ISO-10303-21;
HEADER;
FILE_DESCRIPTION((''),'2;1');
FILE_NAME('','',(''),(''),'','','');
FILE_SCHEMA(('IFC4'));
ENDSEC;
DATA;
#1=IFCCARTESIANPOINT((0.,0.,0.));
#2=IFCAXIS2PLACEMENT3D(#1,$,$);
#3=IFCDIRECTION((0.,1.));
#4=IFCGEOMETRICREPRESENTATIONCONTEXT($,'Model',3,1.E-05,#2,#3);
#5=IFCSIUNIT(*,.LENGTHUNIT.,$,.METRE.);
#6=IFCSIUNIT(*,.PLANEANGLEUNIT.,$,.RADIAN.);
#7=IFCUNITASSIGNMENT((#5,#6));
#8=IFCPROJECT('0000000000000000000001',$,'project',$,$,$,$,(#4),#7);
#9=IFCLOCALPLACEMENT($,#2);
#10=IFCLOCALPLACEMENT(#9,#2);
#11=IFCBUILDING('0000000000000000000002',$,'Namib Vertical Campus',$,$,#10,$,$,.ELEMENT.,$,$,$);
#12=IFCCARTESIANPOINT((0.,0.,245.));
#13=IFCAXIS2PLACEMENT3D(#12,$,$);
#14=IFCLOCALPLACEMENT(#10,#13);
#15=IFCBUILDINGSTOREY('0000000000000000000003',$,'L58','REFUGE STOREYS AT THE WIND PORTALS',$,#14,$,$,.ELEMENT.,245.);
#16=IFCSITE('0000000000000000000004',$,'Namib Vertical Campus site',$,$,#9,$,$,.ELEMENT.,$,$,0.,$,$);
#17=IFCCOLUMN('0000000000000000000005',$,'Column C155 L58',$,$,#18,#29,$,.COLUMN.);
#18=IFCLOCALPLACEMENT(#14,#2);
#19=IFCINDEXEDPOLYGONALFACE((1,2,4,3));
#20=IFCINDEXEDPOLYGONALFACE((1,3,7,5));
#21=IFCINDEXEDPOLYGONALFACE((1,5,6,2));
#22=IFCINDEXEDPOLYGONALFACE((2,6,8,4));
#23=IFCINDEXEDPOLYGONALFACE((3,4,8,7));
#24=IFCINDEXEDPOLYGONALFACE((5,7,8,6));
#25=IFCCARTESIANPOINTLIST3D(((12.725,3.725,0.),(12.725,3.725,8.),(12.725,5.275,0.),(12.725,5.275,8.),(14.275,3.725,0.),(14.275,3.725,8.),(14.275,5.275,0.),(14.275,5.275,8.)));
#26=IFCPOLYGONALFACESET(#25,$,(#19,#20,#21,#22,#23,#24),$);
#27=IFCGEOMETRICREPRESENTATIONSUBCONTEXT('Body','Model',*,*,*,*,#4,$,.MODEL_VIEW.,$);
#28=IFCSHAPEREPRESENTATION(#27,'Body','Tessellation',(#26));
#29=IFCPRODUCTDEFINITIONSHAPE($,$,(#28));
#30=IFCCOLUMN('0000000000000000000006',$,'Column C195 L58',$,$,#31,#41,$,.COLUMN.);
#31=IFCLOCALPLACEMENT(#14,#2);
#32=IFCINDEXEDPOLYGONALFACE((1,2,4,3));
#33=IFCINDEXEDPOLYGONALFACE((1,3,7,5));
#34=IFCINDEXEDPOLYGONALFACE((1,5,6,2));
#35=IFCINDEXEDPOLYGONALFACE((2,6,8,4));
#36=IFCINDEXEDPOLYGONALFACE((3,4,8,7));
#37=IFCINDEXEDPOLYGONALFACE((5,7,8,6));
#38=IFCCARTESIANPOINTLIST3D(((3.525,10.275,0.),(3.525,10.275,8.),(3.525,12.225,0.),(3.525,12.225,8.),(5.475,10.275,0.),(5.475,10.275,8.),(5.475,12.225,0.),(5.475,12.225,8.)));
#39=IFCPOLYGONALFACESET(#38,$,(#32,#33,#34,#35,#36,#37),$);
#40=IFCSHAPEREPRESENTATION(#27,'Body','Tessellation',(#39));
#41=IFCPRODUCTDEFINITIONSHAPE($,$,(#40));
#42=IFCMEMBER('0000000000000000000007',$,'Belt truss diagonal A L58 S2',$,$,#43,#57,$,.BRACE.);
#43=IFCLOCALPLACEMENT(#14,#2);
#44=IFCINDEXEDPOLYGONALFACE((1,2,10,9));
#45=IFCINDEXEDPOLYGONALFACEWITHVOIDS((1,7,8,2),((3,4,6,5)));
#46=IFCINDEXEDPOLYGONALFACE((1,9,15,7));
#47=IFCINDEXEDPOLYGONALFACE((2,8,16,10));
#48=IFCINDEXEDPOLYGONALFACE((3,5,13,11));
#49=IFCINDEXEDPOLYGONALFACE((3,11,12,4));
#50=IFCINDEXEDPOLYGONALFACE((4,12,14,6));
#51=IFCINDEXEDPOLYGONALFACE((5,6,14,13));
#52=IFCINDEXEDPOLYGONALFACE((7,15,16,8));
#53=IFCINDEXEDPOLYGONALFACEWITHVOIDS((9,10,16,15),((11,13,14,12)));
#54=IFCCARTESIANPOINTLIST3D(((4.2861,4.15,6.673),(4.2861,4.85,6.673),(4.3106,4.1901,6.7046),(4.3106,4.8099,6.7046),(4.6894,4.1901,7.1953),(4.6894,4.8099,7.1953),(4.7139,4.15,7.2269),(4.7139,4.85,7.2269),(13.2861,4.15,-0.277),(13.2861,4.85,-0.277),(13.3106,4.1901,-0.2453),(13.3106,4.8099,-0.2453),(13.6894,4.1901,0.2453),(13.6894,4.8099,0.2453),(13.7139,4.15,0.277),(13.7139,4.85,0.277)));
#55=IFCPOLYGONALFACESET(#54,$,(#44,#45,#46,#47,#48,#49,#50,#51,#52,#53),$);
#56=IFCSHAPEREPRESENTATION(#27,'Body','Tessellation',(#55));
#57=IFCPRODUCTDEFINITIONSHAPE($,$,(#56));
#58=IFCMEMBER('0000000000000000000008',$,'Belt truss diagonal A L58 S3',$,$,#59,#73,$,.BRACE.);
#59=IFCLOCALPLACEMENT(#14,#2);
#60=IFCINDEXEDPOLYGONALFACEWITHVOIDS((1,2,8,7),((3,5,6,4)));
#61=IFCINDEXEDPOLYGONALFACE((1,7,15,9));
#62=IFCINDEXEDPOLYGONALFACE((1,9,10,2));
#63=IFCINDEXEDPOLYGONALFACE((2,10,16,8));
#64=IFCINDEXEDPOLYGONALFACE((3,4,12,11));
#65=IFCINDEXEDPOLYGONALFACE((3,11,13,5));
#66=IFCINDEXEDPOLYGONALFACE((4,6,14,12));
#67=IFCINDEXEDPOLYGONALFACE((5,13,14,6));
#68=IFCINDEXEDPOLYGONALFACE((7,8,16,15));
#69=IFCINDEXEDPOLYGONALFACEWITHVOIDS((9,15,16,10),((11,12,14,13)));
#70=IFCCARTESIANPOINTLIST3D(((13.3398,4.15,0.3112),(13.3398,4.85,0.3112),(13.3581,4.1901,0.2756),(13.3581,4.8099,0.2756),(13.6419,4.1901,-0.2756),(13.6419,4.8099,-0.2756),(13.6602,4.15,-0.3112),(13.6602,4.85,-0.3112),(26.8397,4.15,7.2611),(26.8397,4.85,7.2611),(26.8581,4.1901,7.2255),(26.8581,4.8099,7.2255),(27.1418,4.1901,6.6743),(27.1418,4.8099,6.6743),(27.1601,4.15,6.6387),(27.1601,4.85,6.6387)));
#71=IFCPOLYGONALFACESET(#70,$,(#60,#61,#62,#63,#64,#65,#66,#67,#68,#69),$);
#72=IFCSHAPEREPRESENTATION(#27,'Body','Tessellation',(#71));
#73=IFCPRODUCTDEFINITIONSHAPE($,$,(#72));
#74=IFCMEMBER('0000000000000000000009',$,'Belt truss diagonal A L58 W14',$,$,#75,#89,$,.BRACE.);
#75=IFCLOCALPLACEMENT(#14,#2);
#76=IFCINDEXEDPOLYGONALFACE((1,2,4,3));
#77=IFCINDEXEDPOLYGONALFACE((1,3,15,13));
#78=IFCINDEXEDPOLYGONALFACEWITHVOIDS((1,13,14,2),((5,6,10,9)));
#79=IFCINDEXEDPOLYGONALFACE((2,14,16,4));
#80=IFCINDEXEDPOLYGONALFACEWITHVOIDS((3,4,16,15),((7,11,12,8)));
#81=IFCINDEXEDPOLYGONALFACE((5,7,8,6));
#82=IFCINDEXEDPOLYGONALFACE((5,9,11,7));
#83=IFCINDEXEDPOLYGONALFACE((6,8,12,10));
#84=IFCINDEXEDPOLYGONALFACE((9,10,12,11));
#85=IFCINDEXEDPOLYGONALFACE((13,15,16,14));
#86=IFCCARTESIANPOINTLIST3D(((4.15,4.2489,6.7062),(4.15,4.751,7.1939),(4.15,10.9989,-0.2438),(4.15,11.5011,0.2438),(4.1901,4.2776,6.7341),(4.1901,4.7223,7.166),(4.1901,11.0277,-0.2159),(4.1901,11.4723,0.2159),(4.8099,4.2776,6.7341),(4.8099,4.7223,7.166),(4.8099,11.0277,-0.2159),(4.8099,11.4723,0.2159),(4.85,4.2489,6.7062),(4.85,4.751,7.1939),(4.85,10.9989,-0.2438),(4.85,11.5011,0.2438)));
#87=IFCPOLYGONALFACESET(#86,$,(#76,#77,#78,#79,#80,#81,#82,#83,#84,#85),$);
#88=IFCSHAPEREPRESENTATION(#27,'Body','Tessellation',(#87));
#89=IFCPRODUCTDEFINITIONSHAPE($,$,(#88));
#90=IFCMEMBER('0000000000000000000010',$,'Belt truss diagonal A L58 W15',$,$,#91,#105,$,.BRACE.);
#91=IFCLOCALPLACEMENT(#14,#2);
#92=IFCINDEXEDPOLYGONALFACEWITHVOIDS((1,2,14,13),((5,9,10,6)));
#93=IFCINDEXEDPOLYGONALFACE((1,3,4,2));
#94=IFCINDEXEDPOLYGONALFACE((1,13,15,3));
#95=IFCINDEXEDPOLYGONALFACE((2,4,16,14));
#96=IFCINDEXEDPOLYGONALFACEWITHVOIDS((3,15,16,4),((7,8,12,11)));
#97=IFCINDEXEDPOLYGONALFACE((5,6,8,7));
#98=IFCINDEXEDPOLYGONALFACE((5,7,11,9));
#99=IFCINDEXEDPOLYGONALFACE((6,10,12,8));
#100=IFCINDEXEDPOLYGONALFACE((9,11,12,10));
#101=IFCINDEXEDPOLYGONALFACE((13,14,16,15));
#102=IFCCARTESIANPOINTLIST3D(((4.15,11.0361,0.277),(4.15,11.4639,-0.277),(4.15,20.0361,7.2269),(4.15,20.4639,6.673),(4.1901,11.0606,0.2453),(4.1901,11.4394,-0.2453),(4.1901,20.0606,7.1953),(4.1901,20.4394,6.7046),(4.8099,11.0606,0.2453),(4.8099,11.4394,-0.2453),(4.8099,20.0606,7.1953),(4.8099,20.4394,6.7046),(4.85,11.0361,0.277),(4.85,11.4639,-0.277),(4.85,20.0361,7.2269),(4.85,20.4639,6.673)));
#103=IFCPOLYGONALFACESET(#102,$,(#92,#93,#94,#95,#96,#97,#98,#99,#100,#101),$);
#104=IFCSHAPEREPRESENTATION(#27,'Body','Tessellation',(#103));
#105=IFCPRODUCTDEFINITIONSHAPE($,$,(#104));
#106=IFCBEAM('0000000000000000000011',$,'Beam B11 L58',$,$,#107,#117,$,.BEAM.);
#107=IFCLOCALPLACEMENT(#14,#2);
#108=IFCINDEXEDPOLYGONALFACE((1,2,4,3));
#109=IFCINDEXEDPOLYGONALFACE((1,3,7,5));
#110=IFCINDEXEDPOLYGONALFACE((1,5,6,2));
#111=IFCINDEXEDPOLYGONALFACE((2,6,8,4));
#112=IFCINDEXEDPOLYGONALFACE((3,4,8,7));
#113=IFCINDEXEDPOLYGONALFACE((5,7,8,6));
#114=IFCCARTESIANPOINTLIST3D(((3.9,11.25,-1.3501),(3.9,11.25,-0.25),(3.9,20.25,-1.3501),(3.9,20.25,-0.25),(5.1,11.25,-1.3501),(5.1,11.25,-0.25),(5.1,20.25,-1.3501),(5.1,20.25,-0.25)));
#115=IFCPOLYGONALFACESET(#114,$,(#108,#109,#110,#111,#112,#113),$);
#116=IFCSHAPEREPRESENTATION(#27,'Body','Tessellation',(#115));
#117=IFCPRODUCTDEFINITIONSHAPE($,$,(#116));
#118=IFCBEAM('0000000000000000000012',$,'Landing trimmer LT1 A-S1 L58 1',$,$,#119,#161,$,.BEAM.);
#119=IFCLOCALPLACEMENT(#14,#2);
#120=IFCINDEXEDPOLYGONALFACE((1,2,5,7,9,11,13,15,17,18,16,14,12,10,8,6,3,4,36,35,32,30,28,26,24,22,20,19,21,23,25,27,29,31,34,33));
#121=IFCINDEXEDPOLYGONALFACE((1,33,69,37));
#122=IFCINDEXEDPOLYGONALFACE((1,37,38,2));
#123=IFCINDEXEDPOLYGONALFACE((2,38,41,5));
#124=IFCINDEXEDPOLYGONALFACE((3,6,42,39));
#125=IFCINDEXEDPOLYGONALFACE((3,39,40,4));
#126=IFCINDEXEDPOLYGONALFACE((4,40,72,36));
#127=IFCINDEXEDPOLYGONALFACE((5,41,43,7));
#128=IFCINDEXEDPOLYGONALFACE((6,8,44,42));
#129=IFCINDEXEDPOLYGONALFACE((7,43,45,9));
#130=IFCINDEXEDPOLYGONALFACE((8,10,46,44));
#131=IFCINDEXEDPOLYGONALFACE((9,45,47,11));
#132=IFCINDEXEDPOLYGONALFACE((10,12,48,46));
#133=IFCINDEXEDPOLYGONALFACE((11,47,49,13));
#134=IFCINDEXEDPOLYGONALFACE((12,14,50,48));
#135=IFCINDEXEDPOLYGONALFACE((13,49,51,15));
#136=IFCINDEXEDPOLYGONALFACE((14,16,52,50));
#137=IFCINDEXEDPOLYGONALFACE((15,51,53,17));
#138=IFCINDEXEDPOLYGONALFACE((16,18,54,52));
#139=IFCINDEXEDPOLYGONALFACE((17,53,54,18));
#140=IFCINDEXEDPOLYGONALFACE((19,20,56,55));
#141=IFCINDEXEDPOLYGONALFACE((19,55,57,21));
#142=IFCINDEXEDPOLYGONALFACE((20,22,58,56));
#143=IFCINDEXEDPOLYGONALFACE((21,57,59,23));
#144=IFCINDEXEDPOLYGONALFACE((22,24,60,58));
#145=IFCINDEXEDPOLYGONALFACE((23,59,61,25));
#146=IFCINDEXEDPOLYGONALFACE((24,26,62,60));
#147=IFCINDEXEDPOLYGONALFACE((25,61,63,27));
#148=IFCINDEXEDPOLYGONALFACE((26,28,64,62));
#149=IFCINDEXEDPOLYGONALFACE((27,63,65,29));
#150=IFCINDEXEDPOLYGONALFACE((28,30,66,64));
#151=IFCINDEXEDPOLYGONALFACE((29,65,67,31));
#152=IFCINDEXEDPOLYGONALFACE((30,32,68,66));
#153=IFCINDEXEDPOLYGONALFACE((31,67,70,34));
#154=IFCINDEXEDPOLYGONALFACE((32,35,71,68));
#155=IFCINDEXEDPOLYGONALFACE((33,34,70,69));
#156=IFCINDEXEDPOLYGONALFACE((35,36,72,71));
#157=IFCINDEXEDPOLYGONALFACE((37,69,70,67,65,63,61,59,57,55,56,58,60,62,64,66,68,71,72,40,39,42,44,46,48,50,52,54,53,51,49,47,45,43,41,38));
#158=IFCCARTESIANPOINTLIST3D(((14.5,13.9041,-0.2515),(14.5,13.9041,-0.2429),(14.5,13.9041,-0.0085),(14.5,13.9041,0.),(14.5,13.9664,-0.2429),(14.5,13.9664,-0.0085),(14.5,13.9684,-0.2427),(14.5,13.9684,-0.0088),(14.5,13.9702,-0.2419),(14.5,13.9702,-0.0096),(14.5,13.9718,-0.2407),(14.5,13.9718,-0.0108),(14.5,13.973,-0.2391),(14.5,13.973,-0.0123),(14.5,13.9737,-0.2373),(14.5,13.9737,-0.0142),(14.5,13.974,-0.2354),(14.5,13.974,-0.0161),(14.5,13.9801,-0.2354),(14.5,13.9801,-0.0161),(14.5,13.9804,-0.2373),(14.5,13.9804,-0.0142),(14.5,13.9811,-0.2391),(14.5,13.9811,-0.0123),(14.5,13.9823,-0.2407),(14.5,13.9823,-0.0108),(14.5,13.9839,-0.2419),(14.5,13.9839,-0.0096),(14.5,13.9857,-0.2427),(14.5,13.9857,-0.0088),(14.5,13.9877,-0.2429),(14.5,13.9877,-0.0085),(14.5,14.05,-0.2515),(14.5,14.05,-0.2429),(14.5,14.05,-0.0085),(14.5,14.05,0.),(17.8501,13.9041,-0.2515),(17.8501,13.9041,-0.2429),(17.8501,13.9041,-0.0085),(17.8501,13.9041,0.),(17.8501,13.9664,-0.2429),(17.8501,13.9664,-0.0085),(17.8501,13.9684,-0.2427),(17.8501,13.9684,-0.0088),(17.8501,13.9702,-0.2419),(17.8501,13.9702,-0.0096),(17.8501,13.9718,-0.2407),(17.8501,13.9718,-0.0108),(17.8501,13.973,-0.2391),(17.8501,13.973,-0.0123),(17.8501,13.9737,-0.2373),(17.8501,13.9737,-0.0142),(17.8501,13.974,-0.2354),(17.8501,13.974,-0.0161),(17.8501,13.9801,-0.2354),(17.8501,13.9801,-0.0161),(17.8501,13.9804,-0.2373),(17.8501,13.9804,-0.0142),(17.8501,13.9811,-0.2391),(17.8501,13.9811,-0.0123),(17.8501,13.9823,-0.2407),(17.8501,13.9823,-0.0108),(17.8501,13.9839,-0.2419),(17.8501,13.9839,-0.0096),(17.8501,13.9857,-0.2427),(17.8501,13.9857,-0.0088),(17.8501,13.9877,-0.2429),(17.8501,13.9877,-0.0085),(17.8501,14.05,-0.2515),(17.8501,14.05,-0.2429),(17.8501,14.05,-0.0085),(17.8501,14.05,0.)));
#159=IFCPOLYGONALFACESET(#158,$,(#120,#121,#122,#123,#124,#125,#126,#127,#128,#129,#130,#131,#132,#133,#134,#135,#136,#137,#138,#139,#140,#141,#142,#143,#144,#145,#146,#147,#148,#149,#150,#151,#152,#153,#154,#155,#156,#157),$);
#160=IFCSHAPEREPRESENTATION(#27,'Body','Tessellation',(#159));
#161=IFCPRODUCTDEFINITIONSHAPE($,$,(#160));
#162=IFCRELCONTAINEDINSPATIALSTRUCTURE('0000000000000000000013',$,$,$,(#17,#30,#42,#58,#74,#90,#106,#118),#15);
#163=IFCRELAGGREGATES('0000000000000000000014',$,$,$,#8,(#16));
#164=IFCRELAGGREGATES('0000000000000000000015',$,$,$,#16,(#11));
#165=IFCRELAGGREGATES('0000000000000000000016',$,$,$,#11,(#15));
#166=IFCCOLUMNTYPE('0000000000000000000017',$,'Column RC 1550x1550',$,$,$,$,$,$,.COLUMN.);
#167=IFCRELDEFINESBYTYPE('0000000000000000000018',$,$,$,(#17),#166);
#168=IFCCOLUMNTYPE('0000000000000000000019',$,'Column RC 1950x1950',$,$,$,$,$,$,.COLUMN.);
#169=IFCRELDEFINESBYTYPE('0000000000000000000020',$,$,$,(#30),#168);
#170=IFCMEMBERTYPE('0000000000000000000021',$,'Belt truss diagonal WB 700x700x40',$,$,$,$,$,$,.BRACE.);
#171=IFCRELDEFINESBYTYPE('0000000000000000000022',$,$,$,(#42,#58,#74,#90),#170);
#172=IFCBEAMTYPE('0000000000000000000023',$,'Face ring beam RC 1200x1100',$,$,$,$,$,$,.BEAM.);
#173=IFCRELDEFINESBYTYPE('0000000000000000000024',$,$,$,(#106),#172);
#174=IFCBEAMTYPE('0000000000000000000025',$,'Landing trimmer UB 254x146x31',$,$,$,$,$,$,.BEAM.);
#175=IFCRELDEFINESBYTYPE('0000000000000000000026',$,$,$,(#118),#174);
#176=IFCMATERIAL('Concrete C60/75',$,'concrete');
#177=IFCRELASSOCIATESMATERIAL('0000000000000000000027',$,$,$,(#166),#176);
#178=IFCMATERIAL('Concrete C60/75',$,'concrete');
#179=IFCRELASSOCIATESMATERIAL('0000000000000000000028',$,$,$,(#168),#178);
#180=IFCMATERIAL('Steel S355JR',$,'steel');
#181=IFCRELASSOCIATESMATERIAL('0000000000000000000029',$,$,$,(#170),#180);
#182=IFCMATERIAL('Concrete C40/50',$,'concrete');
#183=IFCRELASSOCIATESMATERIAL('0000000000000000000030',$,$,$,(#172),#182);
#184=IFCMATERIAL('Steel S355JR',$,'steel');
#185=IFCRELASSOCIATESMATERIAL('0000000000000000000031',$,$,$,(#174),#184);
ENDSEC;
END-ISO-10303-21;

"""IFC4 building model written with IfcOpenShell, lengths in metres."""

from ifc_helpers import new_model, si_unit, direction, frame, origin, origin_2d, place, context, subcontext, project, spatial, rectangle, hollow_rectangle, i_section, extrude, material, material_profile, profile_set, type_object, element, save


model = new_model("IFC4")

# Units and contexts
model_context = context("Model", 3, precision=1e-05, world=origin(), true_north=direction((0.0, 1.0)))
body_context = subcontext(model_context, "Body", "Model", "MODEL_VIEW")
ifc_project = project(units=[si_unit("LENGTHUNIT", "METRE"), si_unit("PLANEANGLEUNIT", "RADIAN")], contexts=[model_context])

# Site, building, storey
site_placement = place(None, origin())
site = spatial("IfcSite", under=ifc_project, at=site_placement, Name="Namib Vertical Campus site", CompositionType="ELEMENT", RefElevation=0.0)
building_placement = place(site_placement, origin())
building = spatial("IfcBuilding", under=site, at=building_placement, Name="Namib Vertical Campus", CompositionType="ELEMENT")
storey_placement = place(building_placement, frame((0.0, 0.0, 245.0)))
storey = spatial("IfcBuildingStorey", under=building, at=storey_placement, Name="L58", Description="REFUGE STOREYS AT THE WIND PORTALS", CompositionType="ELEMENT", Elevation=245.0)

# Columns
ifc_material_1 = material(Name="Concrete C60/75", Category="concrete")
ifc_material_profile_1 = material_profile(ifc_material_1, rectangle(XDim=1.55, YDim=1.55, at=origin_2d()))
ifc_profile_set_1 = profile_set([ifc_material_profile_1], Name="Concrete C60/75")
column_type_1 = type_object("IfcColumnType", Name="Column RC 1550x1550", PredefinedType="COLUMN", material=ifc_profile_set_1)
column_1_placement = place(storey_placement, frame((13.5, 4.5, 0.0), z_axis=(0.0, 0.0, 1.0), x_axis=(1.0, 0.0, 0.0)))
element("IfcColumn", 1, at=column_1_placement, inside=storey, type_object=column_type_1, Name="Column C155 L58", PredefinedType="COLUMN", context=body_context, shape_type="SweptSolid", body=[
    extrude(rectangle(XDim=1.55, YDim=1.55, at=origin_2d()), origin(), (0.0, 0.0, 1.0), 8.0),
])
ifc_material_2 = material(Name="Concrete C60/75", Category="concrete")
ifc_material_profile_2 = material_profile(ifc_material_2, rectangle(XDim=1.95, YDim=1.95, at=origin_2d()))
ifc_profile_set_2 = profile_set([ifc_material_profile_2], Name="Concrete C60/75")
column_type_2 = type_object("IfcColumnType", Name="Column RC 1950x1950", PredefinedType="COLUMN", material=ifc_profile_set_2)
column_2_placement = place(storey_placement, frame((4.5, 11.25, 0.0), z_axis=(0.0, 0.0, 1.0), x_axis=(1.0, 0.0, 0.0)))
element("IfcColumn", 2, at=column_2_placement, inside=storey, type_object=column_type_2, Name="Column C195 L58", PredefinedType="COLUMN", context=body_context, shape_type="SweptSolid", body=[
    extrude(rectangle(XDim=1.95, YDim=1.95, at=origin_2d()), origin(), (0.0, 0.0, 1.0), 8.0),
])

# Members
ifc_material_3 = material(Name="Steel S355JR", Category="steel")
ifc_material_profile_3 = material_profile(ifc_material_3, hollow_rectangle(XDim=0.7, YDim=0.7, WallThickness=0.04, at=origin_2d()))
ifc_profile_set_3 = profile_set([ifc_material_profile_3], Name="Steel S355JR")
member_type = type_object("IfcMemberType", Name="Belt truss diagonal WB 700x700x40", PredefinedType="BRACE", material=ifc_profile_set_3)
member_1_placement = place(storey_placement, frame((13.5, 4.5, 0.0), z_axis=(-0.79148, 0.0, 0.611194), x_axis=(0.0, -1.0, 0.0)))
element("IfcMember", 3, at=member_1_placement, inside=storey, type_object=member_type, Name="Belt truss diagonal A L58 S2", PredefinedType="BRACE", context=body_context, shape_type="SweptSolid", body=[
    extrude(hollow_rectangle(XDim=0.7, YDim=0.7, WallThickness=0.04, at=origin_2d()), origin(), (0.0, 0.0, 1.0), 11.3711),
])
member_2_placement = place(storey_placement, frame((13.5, 4.5, 0.0), z_axis=(0.889098, 0.0, 0.457717), x_axis=(0.0, 1.0, 0.0)))
element("IfcMember", 4, at=member_2_placement, inside=storey, type_object=member_type, Name="Belt truss diagonal A L58 S3", PredefinedType="BRACE", context=body_context, shape_type="SweptSolid", body=[
    extrude(hollow_rectangle(XDim=0.7, YDim=0.7, WallThickness=0.04, at=origin_2d()), origin(), (0.0, 0.0, 1.0), 15.1838),
])
member_3_placement = place(storey_placement, frame((4.5, 11.25, 0.0), z_axis=(0.0, -0.696712, 0.717351), x_axis=(1.0, 0.0, 0.0)))
element("IfcMember", 5, at=member_3_placement, inside=storey, type_object=member_type, Name="Belt truss diagonal A L58 W14", PredefinedType="BRACE", context=body_context, shape_type="SweptSolid", body=[
    extrude(hollow_rectangle(XDim=0.7, YDim=0.7, WallThickness=0.04, at=origin_2d()), origin(), (0.0, 0.0, 1.0), 9.6885),
])
member_4_placement = place(storey_placement, frame((4.5, 11.25, 0.0), z_axis=(0.0, 0.79148, 0.611194), x_axis=(-1.0, 0.0, 0.0)))
element("IfcMember", 6, at=member_4_placement, inside=storey, type_object=member_type, Name="Belt truss diagonal A L58 W15", PredefinedType="BRACE", context=body_context, shape_type="SweptSolid", body=[
    extrude(hollow_rectangle(XDim=0.7, YDim=0.7, WallThickness=0.04, at=origin_2d()), origin(), (0.0, 0.0, 1.0), 11.3711),
])

# Beams
ifc_material_4 = material(Name="Concrete C40/50", Category="concrete")
ifc_material_profile_4 = material_profile(ifc_material_4, rectangle(XDim=1.2, YDim=1.1001, at=origin_2d()))
ifc_profile_set_4 = profile_set([ifc_material_profile_4], Name="Concrete C40/50")
beam_type_1 = type_object("IfcBeamType", Name="Face ring beam RC 1200x1100", PredefinedType="BEAM", material=ifc_profile_set_4)
beam_1_placement = place(storey_placement, frame((4.5, 11.25, -0.8), z_axis=(0.0, 1.0, 0.0), x_axis=(-1.0, 0.0, 0.0)))
element("IfcBeam", 7, at=beam_1_placement, inside=storey, type_object=beam_type_1, Name="Beam B11 L58", PredefinedType="BEAM", context=body_context, shape_type="SweptSolid", body=[
    extrude(rectangle(XDim=1.2, YDim=1.1001, at=origin_2d()), origin(), (0.0, 0.0, 1.0), 9.0),
])
ifc_material_5 = material(Name="Steel S355JR", Category="steel")
ifc_material_profile_5 = material_profile(ifc_material_5, i_section(OverallWidth=0.146, OverallDepth=0.2515, WebThickness=0.0061, FlangeThickness=0.0085, FilletRadius=0.0076, at=origin_2d()))
ifc_profile_set_5 = profile_set([ifc_material_profile_5], Name="Steel S355JR")
beam_type_2 = type_object("IfcBeamType", Name="Landing trimmer UB 254x146x31", PredefinedType="BEAM", material=ifc_profile_set_5)
for number, where, z_axis, x_axis, name in (
    (8, (14.5, 13.9771, -0.1257), (1.0, 0.0, 0.0), (0.0, 1.0, 0.0), "Landing trimmer LT1 A-S1 L58 1"),
):
    element("IfcBeam", number, at=place(storey_placement, frame(where, z_axis=z_axis, x_axis=x_axis)), inside=storey, type_object=beam_type_2, Name=name, PredefinedType="BEAM", context=body_context, shape_type="SweptSolid", body=[
        extrude(i_section(OverallWidth=0.146, OverallDepth=0.2515, WebThickness=0.0061, FlangeThickness=0.0085, FilletRadius=0.0076, at=origin_2d()), origin(), (0.0, 0.0, 1.0), 3.3501),
    ])

save(model, "model.ifc")
